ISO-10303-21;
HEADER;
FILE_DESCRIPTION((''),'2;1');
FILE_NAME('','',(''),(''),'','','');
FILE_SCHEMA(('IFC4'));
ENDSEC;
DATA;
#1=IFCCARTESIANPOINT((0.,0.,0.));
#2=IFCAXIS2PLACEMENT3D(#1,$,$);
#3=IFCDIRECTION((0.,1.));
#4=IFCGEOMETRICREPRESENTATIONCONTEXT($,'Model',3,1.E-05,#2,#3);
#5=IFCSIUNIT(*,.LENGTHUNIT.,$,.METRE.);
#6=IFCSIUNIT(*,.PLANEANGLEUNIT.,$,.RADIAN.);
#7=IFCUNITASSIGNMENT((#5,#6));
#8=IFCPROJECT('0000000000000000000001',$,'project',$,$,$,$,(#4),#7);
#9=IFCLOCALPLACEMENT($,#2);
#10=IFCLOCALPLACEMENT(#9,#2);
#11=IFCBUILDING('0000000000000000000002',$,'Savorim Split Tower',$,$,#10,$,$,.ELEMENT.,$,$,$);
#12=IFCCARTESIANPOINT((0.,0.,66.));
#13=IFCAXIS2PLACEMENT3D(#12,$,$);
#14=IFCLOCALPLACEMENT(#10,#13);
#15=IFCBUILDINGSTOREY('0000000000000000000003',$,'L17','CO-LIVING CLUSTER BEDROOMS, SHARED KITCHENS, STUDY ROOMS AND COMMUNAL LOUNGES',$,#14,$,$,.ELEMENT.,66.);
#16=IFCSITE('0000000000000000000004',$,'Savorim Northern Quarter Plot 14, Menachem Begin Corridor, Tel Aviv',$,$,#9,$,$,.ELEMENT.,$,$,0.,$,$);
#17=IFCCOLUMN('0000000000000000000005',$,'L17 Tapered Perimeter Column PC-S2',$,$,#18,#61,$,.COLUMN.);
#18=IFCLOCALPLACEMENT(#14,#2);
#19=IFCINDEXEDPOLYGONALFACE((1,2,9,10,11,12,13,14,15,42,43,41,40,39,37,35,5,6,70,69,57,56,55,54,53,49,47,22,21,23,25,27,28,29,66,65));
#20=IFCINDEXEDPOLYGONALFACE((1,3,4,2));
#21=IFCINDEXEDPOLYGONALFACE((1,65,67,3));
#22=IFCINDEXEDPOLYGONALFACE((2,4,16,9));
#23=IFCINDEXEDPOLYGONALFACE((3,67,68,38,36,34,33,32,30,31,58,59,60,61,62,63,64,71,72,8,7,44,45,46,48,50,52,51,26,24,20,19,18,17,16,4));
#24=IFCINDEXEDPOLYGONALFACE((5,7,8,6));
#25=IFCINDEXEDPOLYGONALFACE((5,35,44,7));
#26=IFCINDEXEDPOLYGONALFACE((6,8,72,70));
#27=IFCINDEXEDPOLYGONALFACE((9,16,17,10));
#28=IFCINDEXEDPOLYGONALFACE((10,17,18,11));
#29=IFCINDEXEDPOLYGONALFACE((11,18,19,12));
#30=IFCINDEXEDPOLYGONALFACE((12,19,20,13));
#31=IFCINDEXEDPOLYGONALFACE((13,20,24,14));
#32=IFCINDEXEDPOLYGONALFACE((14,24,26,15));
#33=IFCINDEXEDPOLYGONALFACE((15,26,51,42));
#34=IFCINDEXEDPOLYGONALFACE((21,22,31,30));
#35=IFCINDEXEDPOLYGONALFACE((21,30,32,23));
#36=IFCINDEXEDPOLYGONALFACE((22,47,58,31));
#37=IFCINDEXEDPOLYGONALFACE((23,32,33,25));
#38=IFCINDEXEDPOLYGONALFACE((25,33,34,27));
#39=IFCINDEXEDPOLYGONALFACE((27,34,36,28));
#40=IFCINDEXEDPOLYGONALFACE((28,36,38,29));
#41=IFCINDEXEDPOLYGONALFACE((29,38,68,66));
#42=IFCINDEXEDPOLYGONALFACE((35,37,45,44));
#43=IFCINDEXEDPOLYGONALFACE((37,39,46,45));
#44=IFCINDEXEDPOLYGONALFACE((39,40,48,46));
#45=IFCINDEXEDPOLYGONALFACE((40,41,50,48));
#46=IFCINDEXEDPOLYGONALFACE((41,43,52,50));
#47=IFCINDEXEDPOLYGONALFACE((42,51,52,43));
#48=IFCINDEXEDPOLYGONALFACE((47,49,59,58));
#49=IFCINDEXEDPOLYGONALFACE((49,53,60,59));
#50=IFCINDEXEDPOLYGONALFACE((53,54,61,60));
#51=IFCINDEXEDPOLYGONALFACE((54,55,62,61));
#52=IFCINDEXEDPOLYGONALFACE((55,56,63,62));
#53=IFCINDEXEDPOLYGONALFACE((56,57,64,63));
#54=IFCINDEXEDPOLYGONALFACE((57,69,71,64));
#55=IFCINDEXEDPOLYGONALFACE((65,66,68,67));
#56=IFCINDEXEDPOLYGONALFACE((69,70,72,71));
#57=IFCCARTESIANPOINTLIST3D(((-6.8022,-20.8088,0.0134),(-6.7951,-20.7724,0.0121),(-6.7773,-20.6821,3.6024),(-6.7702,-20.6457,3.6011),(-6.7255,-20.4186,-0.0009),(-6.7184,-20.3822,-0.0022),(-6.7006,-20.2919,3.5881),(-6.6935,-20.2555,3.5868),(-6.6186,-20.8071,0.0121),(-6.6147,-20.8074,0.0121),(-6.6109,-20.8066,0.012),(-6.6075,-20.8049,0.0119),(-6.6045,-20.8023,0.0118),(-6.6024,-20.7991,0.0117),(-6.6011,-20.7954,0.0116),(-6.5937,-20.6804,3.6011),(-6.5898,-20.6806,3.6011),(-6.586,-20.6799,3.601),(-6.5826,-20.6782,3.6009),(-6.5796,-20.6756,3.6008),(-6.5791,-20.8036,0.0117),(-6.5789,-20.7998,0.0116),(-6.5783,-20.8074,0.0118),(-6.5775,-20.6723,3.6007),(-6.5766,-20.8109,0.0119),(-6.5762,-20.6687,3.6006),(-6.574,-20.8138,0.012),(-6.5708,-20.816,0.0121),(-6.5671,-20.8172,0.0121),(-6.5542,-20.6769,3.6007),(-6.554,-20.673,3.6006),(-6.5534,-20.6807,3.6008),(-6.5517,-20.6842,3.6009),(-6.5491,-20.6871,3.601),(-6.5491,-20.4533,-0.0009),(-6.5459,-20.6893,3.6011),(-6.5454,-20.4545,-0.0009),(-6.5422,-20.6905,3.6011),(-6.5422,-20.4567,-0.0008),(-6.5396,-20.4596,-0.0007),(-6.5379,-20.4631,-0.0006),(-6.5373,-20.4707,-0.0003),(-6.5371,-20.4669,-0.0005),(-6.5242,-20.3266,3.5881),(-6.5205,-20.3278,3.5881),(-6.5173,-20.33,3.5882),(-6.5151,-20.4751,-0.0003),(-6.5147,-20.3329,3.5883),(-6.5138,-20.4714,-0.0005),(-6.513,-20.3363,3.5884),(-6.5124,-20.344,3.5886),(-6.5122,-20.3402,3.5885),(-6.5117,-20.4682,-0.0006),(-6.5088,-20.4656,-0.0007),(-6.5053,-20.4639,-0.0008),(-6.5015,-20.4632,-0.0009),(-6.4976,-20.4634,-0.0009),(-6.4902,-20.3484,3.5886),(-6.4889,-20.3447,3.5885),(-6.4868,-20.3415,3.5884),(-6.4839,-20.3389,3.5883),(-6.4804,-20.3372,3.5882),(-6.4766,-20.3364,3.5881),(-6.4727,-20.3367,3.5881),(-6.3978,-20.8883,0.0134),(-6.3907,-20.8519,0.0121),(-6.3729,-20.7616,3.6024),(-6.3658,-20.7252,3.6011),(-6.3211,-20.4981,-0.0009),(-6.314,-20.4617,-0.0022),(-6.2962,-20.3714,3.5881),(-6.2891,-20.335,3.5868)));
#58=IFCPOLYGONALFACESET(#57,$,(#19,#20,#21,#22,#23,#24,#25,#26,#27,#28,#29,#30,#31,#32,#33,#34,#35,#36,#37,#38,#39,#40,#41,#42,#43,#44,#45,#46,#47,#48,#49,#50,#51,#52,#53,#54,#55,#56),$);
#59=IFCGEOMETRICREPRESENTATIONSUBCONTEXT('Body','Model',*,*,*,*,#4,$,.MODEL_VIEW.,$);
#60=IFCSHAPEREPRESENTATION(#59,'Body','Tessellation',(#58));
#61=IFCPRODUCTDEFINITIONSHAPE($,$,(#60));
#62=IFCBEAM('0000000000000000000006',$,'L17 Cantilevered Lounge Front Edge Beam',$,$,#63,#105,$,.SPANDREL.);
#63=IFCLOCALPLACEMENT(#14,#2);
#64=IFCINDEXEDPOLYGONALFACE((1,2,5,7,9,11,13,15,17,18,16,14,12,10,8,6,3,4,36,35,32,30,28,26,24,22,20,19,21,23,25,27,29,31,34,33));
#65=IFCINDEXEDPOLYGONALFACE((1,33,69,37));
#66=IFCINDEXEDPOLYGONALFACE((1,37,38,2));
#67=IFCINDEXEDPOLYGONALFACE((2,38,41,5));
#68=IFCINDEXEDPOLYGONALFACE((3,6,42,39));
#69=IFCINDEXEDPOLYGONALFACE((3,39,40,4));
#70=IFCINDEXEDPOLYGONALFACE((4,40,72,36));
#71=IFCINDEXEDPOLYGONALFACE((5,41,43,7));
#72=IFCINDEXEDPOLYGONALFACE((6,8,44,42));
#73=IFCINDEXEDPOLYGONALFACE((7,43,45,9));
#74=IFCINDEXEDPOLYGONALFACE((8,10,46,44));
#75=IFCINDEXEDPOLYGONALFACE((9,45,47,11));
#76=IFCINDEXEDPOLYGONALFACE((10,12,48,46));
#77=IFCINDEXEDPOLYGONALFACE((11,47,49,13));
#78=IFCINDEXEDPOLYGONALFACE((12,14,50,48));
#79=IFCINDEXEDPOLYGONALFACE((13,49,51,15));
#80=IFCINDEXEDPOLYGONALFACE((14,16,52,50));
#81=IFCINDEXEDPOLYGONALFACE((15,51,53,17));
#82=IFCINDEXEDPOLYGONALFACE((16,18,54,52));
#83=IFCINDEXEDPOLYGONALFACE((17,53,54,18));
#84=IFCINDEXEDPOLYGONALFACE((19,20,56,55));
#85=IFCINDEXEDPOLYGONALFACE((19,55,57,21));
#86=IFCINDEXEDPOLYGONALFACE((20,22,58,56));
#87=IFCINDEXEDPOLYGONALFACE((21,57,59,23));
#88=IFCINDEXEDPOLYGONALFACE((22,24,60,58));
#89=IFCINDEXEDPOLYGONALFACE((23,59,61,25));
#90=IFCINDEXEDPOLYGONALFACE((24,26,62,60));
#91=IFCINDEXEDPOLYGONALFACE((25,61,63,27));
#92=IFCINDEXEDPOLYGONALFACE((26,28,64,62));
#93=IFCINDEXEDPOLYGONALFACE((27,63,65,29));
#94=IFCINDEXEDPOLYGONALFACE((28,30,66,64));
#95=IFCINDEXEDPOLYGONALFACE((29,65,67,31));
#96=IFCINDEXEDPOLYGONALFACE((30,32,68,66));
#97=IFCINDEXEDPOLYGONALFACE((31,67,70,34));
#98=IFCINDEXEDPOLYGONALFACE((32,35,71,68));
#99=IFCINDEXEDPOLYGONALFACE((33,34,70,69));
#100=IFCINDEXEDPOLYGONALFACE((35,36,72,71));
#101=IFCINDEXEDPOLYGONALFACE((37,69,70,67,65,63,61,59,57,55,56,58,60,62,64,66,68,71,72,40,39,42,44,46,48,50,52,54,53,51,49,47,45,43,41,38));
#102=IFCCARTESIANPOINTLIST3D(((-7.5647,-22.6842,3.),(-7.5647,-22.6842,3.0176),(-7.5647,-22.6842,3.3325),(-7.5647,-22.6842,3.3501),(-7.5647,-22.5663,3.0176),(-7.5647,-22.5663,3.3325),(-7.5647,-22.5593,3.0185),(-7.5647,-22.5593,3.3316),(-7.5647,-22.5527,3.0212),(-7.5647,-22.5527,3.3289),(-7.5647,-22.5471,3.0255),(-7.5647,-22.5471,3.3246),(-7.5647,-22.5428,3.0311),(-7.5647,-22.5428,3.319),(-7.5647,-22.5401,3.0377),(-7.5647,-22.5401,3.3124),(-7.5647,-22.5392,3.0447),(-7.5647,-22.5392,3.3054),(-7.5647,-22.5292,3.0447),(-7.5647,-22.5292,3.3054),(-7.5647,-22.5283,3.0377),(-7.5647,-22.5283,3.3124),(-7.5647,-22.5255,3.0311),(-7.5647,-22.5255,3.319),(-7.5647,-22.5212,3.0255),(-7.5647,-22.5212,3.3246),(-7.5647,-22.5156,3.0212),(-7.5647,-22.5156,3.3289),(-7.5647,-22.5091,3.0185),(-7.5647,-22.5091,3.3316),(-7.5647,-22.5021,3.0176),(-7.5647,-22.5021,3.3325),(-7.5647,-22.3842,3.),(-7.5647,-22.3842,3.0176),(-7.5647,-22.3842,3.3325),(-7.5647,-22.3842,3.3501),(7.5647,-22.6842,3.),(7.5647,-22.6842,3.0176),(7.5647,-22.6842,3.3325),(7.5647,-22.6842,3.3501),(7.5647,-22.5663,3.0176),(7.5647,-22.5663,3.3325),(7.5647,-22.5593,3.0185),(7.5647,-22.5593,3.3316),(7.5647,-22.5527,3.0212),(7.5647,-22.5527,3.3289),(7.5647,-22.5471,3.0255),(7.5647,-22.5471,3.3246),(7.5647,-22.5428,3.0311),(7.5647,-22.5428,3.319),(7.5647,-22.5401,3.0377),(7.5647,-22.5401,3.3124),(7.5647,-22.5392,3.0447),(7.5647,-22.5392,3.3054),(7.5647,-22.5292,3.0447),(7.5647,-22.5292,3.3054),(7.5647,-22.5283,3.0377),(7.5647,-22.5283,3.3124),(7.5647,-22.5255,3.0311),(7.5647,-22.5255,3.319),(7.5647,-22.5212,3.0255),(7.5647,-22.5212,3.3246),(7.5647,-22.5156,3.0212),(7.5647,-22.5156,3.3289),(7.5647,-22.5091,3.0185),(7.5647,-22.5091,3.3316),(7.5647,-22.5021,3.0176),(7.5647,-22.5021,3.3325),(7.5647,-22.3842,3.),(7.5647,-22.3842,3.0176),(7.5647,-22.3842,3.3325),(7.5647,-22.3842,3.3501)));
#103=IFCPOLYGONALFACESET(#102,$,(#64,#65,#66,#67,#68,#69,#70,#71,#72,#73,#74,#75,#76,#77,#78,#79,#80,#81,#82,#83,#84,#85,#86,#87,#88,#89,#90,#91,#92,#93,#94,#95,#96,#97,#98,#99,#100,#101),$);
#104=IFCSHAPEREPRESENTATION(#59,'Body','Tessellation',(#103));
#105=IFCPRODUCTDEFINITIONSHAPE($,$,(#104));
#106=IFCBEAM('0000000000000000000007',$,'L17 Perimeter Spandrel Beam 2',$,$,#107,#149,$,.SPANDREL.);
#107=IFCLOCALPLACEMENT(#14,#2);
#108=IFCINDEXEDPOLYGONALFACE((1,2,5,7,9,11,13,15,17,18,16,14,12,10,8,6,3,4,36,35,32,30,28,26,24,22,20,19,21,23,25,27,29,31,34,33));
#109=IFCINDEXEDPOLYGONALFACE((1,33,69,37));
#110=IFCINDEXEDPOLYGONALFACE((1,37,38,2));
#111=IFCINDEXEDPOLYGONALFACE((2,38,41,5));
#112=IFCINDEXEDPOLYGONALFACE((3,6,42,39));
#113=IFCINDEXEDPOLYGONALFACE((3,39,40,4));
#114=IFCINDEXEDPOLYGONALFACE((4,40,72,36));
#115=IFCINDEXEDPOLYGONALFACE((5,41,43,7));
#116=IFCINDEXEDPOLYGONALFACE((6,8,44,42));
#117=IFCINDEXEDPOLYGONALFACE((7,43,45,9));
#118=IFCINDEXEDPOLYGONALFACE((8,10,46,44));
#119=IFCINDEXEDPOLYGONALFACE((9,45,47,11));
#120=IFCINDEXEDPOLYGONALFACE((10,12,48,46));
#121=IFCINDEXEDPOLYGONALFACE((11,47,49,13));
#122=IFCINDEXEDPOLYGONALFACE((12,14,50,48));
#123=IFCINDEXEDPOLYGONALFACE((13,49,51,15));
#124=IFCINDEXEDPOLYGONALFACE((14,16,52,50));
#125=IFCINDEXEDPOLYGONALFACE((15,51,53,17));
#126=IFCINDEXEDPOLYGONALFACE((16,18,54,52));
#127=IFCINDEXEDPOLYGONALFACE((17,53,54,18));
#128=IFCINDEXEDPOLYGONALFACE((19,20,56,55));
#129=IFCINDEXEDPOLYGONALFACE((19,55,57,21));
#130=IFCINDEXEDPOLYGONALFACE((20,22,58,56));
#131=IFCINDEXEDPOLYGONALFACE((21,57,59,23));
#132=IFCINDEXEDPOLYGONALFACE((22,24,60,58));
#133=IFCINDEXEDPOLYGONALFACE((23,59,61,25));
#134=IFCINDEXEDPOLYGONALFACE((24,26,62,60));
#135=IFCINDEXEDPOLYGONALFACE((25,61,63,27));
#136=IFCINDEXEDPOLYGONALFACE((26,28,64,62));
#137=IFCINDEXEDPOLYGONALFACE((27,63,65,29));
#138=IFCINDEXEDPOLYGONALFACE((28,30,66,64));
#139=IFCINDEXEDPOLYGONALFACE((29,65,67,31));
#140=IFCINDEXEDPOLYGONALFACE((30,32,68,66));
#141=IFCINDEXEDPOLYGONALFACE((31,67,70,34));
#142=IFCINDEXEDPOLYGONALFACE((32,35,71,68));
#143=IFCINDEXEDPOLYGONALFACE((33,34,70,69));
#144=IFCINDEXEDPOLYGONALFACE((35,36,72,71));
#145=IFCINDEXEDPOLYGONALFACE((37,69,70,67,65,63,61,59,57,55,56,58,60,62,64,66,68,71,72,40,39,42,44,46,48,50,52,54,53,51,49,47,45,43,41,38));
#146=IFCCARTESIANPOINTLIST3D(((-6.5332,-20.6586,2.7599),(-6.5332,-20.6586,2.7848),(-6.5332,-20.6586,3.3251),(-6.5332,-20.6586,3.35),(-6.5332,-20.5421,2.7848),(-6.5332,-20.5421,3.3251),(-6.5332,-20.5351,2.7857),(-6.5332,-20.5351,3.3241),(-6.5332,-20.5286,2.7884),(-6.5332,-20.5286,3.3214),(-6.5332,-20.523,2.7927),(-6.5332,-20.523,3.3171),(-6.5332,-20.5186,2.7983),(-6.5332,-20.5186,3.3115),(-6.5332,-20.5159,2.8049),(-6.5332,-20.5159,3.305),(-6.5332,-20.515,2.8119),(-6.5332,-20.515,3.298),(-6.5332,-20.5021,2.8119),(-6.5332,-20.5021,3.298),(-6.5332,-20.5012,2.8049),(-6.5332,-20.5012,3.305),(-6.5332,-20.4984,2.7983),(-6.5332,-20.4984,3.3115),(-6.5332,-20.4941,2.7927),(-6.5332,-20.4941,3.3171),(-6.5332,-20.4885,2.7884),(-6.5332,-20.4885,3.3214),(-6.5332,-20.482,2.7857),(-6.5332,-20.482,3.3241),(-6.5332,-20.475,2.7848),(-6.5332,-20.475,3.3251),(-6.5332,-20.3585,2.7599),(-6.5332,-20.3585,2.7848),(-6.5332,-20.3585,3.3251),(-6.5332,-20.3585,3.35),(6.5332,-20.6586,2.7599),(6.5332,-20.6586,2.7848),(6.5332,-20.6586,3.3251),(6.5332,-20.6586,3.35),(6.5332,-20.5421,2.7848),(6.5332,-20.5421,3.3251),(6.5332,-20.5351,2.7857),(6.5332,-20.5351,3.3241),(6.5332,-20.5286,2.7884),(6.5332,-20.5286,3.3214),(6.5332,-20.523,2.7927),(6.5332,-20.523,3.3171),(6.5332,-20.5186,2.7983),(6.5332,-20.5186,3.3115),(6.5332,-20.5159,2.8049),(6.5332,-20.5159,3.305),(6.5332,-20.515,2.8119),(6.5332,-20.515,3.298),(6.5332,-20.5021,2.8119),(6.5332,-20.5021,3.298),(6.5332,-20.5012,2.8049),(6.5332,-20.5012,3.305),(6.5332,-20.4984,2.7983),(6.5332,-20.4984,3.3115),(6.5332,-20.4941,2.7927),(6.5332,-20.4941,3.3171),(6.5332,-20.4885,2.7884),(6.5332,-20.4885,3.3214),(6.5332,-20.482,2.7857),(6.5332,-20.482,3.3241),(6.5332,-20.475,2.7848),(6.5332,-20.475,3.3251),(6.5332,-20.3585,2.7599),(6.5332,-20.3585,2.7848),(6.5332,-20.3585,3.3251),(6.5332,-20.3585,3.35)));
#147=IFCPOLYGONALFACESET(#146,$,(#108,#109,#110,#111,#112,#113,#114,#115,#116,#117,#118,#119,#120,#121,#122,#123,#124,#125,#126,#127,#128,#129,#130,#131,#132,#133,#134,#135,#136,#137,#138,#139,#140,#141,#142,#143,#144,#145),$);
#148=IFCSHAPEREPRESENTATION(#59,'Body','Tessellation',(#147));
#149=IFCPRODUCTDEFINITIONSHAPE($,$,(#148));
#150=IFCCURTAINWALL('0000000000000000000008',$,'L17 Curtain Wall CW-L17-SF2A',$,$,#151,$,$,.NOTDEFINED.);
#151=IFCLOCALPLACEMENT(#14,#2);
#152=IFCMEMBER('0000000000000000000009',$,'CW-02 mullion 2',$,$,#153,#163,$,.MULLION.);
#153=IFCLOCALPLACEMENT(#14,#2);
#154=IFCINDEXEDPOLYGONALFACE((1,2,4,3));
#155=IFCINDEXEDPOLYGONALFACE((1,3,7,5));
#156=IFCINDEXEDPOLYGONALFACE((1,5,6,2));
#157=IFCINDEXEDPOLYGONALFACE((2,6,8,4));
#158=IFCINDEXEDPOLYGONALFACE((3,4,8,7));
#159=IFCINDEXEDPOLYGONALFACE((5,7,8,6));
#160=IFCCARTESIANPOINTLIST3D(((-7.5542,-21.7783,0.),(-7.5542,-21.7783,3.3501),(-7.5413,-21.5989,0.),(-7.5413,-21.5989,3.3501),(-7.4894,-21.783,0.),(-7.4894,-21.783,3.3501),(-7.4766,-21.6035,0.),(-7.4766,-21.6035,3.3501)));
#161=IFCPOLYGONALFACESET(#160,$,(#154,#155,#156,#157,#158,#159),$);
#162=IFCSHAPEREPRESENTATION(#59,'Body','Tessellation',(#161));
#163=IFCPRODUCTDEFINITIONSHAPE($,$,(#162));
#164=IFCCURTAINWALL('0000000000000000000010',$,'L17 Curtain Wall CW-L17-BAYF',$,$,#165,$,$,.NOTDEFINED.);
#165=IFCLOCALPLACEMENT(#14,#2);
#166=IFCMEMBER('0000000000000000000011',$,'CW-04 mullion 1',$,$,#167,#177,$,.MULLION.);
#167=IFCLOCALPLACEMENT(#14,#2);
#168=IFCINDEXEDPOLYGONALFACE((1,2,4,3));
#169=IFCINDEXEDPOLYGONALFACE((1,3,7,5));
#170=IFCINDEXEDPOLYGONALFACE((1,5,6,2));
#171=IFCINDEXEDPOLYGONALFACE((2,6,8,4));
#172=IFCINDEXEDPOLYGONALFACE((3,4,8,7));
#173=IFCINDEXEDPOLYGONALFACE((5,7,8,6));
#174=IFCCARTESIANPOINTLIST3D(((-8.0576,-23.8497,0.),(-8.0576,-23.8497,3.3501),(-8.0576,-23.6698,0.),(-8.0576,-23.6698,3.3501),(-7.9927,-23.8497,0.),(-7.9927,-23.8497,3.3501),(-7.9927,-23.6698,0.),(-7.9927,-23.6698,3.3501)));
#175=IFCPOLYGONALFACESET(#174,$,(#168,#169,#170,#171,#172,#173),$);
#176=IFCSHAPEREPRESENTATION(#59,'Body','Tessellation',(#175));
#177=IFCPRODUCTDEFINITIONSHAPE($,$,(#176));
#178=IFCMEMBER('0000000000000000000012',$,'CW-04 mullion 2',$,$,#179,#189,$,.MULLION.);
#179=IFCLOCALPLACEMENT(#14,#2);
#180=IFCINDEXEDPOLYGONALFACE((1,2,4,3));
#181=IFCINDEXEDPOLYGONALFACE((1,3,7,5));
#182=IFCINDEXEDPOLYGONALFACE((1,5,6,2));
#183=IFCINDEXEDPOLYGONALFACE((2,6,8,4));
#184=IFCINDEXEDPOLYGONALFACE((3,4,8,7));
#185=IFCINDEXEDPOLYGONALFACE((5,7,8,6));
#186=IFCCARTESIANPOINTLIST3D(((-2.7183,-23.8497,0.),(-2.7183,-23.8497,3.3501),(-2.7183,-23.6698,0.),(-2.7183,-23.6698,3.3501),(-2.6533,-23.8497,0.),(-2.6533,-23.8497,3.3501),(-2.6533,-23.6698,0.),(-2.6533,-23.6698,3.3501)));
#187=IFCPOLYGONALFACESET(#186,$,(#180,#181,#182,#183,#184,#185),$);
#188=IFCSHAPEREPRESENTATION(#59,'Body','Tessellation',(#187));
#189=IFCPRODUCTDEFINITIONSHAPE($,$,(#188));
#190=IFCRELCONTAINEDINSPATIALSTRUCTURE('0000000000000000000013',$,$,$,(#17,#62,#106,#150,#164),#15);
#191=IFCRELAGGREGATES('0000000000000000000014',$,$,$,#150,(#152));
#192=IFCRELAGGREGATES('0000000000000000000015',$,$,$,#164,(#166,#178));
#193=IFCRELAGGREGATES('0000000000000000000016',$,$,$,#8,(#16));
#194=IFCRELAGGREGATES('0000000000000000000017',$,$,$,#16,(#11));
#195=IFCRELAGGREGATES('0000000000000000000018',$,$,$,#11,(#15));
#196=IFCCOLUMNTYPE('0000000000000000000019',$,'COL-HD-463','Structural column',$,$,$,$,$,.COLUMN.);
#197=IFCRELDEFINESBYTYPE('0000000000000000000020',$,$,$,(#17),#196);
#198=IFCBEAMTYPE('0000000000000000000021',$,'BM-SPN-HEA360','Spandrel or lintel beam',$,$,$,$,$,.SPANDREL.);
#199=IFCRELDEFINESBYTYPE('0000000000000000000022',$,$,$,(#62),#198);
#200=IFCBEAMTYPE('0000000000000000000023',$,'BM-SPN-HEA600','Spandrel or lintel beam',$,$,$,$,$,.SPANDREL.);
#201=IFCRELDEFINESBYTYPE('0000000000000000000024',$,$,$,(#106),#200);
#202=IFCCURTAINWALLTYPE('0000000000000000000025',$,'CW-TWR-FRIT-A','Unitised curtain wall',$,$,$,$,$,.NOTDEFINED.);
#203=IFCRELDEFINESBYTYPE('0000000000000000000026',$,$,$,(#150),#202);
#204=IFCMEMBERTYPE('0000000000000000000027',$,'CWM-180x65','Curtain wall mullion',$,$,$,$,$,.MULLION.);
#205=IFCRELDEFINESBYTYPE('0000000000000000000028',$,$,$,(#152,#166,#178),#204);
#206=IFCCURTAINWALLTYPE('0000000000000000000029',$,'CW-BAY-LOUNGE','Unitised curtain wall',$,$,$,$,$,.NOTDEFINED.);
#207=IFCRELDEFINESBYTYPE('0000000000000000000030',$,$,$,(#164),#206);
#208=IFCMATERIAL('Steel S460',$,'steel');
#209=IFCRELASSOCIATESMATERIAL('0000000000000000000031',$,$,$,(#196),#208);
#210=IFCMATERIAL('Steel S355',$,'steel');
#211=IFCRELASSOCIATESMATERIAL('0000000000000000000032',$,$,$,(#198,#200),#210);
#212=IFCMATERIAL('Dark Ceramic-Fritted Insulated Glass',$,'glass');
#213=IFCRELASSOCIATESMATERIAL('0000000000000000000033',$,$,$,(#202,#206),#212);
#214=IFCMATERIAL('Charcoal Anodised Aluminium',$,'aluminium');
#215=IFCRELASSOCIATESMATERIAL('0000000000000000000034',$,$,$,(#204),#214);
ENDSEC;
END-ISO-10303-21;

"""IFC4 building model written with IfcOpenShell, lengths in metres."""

from ifc_helpers import new_model, si_unit, direction, frame, origin, origin_2d, place, context, subcontext, project, spatial, rectangle, i_section, extrude, material, material_profile, profile_set, type_object, element, aggregate, save


model = new_model("IFC4")

# Units and contexts
model_context = context("Model", 3, precision=1e-05, world=origin(), true_north=direction((0.0, 1.0)))
body_context = subcontext(model_context, "Body", "Model", "MODEL_VIEW")
ifc_project = project(units=[si_unit("LENGTHUNIT", "METRE"), si_unit("PLANEANGLEUNIT", "RADIAN")], contexts=[model_context])

# Site, building, storey
site_placement = place(None, origin())
site = spatial("IfcSite", under=ifc_project, at=site_placement, Name="Savorim Northern Quarter Plot 14, Menachem Begin Corridor, Tel Aviv", CompositionType="ELEMENT", RefElevation=0.0)
building_placement = place(site_placement, origin())
building = spatial("IfcBuilding", under=site, at=building_placement, Name="Savorim Split Tower", CompositionType="ELEMENT")
storey_placement = place(building_placement, frame((0.0, 0.0, 66.0)))
storey = spatial("IfcBuildingStorey", under=building, at=storey_placement, Name="L17", Description="CO-LIVING CLUSTER BEDROOMS, SHARED KITCHENS, STUDY ROOMS AND COMMUNAL LOUNGES", CompositionType="ELEMENT", Elevation=66.0)

# Column
ifc_material_1 = material(Name="Steel S460", Category="steel")
ifc_material_profile_1 = material_profile(ifc_material_1, i_section(OverallWidth=0.4121, OverallDepth=0.4351, WebThickness=0.0227, FlangeThickness=0.0371, FilletRadius=0.0149, at=origin_2d()), Name="HD 400x463")
ifc_profile_set_1 = profile_set([ifc_material_profile_1], Name="Steel S460")
column_type = type_object("IfcColumnType", Name="COL-HD-463", Description="Structural column", PredefinedType="COLUMN", material=ifc_profile_set_1)
column_placement = place(storey_placement, frame((-6.5581, -20.6353, 0.0056), z_axis=(0.006934, 0.035283, 0.999353), x_axis=(-0.98123, 0.192843, 0.0)))
element("IfcColumn", 1, at=column_placement, inside=storey, type_object=column_type, Name="L17 Tapered Perimeter Column PC-S2", PredefinedType="COLUMN", context=body_context, shape_type="SweptSolid", body=[
    extrude(i_section(OverallWidth=0.4121, OverallDepth=0.4351, WebThickness=0.0227, FlangeThickness=0.0371, FilletRadius=0.0149, at=origin_2d()), origin(), (0.0, 0.0, 1.0), 3.5913),
])

# Beams
ifc_material_2 = material(Name="Steel S355", Category="steel")
ifc_material_profile_2 = material_profile(ifc_material_2, i_section(OverallWidth=0.3, OverallDepth=0.3501, WebThickness=0.01, FlangeThickness=0.0176, FilletRadius=0.0271, at=origin_2d()), Name="HEA 360")
ifc_profile_set_2 = profile_set([ifc_material_profile_2], Name="Steel S355")
beam_type_1 = type_object("IfcBeamType", Name="BM-SPN-HEA360", Description="Spandrel or lintel beam", PredefinedType="SPANDREL", material=ifc_profile_set_2)
beam_1_placement = place(storey_placement, frame((-7.5647, -22.5342, 3.175), z_axis=(1.0, 0.0, 0.0), x_axis=(0.0, 1.0, 0.0)))
element("IfcBeam", 2, at=beam_1_placement, inside=storey, type_object=beam_type_1, Name="L17 Cantilevered Lounge Front Edge Beam", PredefinedType="SPANDREL", context=body_context, shape_type="SweptSolid", body=[
    extrude(i_section(OverallWidth=0.3, OverallDepth=0.3501, WebThickness=0.01, FlangeThickness=0.0176, FilletRadius=0.0271, at=origin_2d()), origin(), (0.0, 0.0, 1.0), 15.1294),
])
ifc_material_profile_3 = material_profile(ifc_material_2, i_section(OverallWidth=0.3, OverallDepth=0.5901, WebThickness=0.0129, FlangeThickness=0.0249, FilletRadius=0.0271, at=origin_2d()), Name="HEA 600")
ifc_profile_set_3 = profile_set([ifc_material_profile_3], Name="Steel S355")
beam_type_2 = type_object("IfcBeamType", Name="BM-SPN-HEA600", Description="Spandrel or lintel beam", PredefinedType="SPANDREL", material=ifc_profile_set_3)
beam_2_placement = place(storey_placement, frame((-6.5332, -20.5085, 3.0549), z_axis=(1.0, 0.0, 0.0), x_axis=(0.0, 1.0, 0.0)))
element("IfcBeam", 3, at=beam_2_placement, inside=storey, type_object=beam_type_2, Name="L17 Perimeter Spandrel Beam 2", PredefinedType="SPANDREL", context=body_context, shape_type="SweptSolid", body=[
    extrude(i_section(OverallWidth=0.3, OverallDepth=0.5901, WebThickness=0.0129, FlangeThickness=0.0249, FilletRadius=0.0271, at=origin_2d()), origin(), (0.0, 0.0, 1.0), 13.0664),
])

# Curtain wall, member
ifc_material_3 = material(Name="Dark Ceramic-Fritted Insulated Glass", Category="glass")
curtain_wall_type_1 = type_object("IfcCurtainWallType", Name="CW-TWR-FRIT-A", Description="Unitised curtain wall", PredefinedType="NOTDEFINED", material=ifc_material_3)
curtain_wall_1_placement = place(storey_placement, origin())
curtain_wall_1 = element("IfcCurtainWall", 4, at=curtain_wall_1_placement, inside=storey, type_object=curtain_wall_type_1, Name="L17 Curtain Wall CW-L17-SF2A", PredefinedType="NOTDEFINED")
ifc_material_4 = material(Name="Charcoal Anodised Aluminium", Category="aluminium")
ifc_material_profile_4 = material_profile(ifc_material_4, rectangle(XDim=0.1799, YDim=0.0649, at=origin_2d()), Name="ALU-M 180x65")
ifc_profile_set_4 = profile_set([ifc_material_profile_4], Name="Charcoal Anodised Aluminium")
member_type_1 = type_object("IfcMemberType", Name="CWM-180x65", Description="Curtain wall mullion", PredefinedType="MULLION", material=ifc_profile_set_4)
member_1_placement = place(storey_placement, frame((-7.5154, -21.6909, 0.0), z_axis=(0.0, 0.0, 1.0), x_axis=(0.071546, 0.997437, 0.0)))
member_1 = element("IfcMember", 5, at=member_1_placement, type_object=member_type_1, Name="CW-02 mullion 2", PredefinedType="MULLION", context=body_context, shape_type="SweptSolid", body=[
    extrude(rectangle(XDim=0.1799, YDim=0.0649, at=origin_2d()), origin(), (0.0, 0.0, 1.0), 3.3501),
])
aggregate(curtain_wall_1, [member_1])

# Curtain wall, members
curtain_wall_type_2 = type_object("IfcCurtainWallType", Name="CW-BAY-LOUNGE", Description="Unitised curtain wall", PredefinedType="NOTDEFINED", material=ifc_material_3)
curtain_wall_2_placement = place(storey_placement, origin())
curtain_wall_2 = element("IfcCurtainWall", 6, at=curtain_wall_2_placement, inside=storey, type_object=curtain_wall_type_2, Name="L17 Curtain Wall CW-L17-BAYF", PredefinedType="NOTDEFINED")
member_2_placement = place(storey_placement, frame((-8.0251, -23.7598, 0.0), z_axis=(0.0, 0.0, 1.0), x_axis=(0.0, 1.0, 0.0)))
member_2 = element("IfcMember", 7, at=member_2_placement, type_object=member_type_1, Name="CW-04 mullion 1", PredefinedType="MULLION", context=body_context, shape_type="SweptSolid", body=[
    extrude(rectangle(XDim=0.1799, YDim=0.0649, at=origin_2d()), origin(), (0.0, 0.0, 1.0), 3.3501),
])
member_3_placement = place(storey_placement, frame((-2.6858, -23.7598, 0.0), z_axis=(0.0, 0.0, 1.0), x_axis=(0.0, 1.0, 0.0)))
member_3 = element("IfcMember", 8, at=member_3_placement, type_object=member_type_1, Name="CW-04 mullion 2", PredefinedType="MULLION", context=body_context, shape_type="SweptSolid", body=[
    extrude(rectangle(XDim=0.1799, YDim=0.0649, at=origin_2d()), origin(), (0.0, 0.0, 1.0), 3.3501),
])

aggregate(curtain_wall_2, [member_2, member_3])

save(model, "model.ifc")
